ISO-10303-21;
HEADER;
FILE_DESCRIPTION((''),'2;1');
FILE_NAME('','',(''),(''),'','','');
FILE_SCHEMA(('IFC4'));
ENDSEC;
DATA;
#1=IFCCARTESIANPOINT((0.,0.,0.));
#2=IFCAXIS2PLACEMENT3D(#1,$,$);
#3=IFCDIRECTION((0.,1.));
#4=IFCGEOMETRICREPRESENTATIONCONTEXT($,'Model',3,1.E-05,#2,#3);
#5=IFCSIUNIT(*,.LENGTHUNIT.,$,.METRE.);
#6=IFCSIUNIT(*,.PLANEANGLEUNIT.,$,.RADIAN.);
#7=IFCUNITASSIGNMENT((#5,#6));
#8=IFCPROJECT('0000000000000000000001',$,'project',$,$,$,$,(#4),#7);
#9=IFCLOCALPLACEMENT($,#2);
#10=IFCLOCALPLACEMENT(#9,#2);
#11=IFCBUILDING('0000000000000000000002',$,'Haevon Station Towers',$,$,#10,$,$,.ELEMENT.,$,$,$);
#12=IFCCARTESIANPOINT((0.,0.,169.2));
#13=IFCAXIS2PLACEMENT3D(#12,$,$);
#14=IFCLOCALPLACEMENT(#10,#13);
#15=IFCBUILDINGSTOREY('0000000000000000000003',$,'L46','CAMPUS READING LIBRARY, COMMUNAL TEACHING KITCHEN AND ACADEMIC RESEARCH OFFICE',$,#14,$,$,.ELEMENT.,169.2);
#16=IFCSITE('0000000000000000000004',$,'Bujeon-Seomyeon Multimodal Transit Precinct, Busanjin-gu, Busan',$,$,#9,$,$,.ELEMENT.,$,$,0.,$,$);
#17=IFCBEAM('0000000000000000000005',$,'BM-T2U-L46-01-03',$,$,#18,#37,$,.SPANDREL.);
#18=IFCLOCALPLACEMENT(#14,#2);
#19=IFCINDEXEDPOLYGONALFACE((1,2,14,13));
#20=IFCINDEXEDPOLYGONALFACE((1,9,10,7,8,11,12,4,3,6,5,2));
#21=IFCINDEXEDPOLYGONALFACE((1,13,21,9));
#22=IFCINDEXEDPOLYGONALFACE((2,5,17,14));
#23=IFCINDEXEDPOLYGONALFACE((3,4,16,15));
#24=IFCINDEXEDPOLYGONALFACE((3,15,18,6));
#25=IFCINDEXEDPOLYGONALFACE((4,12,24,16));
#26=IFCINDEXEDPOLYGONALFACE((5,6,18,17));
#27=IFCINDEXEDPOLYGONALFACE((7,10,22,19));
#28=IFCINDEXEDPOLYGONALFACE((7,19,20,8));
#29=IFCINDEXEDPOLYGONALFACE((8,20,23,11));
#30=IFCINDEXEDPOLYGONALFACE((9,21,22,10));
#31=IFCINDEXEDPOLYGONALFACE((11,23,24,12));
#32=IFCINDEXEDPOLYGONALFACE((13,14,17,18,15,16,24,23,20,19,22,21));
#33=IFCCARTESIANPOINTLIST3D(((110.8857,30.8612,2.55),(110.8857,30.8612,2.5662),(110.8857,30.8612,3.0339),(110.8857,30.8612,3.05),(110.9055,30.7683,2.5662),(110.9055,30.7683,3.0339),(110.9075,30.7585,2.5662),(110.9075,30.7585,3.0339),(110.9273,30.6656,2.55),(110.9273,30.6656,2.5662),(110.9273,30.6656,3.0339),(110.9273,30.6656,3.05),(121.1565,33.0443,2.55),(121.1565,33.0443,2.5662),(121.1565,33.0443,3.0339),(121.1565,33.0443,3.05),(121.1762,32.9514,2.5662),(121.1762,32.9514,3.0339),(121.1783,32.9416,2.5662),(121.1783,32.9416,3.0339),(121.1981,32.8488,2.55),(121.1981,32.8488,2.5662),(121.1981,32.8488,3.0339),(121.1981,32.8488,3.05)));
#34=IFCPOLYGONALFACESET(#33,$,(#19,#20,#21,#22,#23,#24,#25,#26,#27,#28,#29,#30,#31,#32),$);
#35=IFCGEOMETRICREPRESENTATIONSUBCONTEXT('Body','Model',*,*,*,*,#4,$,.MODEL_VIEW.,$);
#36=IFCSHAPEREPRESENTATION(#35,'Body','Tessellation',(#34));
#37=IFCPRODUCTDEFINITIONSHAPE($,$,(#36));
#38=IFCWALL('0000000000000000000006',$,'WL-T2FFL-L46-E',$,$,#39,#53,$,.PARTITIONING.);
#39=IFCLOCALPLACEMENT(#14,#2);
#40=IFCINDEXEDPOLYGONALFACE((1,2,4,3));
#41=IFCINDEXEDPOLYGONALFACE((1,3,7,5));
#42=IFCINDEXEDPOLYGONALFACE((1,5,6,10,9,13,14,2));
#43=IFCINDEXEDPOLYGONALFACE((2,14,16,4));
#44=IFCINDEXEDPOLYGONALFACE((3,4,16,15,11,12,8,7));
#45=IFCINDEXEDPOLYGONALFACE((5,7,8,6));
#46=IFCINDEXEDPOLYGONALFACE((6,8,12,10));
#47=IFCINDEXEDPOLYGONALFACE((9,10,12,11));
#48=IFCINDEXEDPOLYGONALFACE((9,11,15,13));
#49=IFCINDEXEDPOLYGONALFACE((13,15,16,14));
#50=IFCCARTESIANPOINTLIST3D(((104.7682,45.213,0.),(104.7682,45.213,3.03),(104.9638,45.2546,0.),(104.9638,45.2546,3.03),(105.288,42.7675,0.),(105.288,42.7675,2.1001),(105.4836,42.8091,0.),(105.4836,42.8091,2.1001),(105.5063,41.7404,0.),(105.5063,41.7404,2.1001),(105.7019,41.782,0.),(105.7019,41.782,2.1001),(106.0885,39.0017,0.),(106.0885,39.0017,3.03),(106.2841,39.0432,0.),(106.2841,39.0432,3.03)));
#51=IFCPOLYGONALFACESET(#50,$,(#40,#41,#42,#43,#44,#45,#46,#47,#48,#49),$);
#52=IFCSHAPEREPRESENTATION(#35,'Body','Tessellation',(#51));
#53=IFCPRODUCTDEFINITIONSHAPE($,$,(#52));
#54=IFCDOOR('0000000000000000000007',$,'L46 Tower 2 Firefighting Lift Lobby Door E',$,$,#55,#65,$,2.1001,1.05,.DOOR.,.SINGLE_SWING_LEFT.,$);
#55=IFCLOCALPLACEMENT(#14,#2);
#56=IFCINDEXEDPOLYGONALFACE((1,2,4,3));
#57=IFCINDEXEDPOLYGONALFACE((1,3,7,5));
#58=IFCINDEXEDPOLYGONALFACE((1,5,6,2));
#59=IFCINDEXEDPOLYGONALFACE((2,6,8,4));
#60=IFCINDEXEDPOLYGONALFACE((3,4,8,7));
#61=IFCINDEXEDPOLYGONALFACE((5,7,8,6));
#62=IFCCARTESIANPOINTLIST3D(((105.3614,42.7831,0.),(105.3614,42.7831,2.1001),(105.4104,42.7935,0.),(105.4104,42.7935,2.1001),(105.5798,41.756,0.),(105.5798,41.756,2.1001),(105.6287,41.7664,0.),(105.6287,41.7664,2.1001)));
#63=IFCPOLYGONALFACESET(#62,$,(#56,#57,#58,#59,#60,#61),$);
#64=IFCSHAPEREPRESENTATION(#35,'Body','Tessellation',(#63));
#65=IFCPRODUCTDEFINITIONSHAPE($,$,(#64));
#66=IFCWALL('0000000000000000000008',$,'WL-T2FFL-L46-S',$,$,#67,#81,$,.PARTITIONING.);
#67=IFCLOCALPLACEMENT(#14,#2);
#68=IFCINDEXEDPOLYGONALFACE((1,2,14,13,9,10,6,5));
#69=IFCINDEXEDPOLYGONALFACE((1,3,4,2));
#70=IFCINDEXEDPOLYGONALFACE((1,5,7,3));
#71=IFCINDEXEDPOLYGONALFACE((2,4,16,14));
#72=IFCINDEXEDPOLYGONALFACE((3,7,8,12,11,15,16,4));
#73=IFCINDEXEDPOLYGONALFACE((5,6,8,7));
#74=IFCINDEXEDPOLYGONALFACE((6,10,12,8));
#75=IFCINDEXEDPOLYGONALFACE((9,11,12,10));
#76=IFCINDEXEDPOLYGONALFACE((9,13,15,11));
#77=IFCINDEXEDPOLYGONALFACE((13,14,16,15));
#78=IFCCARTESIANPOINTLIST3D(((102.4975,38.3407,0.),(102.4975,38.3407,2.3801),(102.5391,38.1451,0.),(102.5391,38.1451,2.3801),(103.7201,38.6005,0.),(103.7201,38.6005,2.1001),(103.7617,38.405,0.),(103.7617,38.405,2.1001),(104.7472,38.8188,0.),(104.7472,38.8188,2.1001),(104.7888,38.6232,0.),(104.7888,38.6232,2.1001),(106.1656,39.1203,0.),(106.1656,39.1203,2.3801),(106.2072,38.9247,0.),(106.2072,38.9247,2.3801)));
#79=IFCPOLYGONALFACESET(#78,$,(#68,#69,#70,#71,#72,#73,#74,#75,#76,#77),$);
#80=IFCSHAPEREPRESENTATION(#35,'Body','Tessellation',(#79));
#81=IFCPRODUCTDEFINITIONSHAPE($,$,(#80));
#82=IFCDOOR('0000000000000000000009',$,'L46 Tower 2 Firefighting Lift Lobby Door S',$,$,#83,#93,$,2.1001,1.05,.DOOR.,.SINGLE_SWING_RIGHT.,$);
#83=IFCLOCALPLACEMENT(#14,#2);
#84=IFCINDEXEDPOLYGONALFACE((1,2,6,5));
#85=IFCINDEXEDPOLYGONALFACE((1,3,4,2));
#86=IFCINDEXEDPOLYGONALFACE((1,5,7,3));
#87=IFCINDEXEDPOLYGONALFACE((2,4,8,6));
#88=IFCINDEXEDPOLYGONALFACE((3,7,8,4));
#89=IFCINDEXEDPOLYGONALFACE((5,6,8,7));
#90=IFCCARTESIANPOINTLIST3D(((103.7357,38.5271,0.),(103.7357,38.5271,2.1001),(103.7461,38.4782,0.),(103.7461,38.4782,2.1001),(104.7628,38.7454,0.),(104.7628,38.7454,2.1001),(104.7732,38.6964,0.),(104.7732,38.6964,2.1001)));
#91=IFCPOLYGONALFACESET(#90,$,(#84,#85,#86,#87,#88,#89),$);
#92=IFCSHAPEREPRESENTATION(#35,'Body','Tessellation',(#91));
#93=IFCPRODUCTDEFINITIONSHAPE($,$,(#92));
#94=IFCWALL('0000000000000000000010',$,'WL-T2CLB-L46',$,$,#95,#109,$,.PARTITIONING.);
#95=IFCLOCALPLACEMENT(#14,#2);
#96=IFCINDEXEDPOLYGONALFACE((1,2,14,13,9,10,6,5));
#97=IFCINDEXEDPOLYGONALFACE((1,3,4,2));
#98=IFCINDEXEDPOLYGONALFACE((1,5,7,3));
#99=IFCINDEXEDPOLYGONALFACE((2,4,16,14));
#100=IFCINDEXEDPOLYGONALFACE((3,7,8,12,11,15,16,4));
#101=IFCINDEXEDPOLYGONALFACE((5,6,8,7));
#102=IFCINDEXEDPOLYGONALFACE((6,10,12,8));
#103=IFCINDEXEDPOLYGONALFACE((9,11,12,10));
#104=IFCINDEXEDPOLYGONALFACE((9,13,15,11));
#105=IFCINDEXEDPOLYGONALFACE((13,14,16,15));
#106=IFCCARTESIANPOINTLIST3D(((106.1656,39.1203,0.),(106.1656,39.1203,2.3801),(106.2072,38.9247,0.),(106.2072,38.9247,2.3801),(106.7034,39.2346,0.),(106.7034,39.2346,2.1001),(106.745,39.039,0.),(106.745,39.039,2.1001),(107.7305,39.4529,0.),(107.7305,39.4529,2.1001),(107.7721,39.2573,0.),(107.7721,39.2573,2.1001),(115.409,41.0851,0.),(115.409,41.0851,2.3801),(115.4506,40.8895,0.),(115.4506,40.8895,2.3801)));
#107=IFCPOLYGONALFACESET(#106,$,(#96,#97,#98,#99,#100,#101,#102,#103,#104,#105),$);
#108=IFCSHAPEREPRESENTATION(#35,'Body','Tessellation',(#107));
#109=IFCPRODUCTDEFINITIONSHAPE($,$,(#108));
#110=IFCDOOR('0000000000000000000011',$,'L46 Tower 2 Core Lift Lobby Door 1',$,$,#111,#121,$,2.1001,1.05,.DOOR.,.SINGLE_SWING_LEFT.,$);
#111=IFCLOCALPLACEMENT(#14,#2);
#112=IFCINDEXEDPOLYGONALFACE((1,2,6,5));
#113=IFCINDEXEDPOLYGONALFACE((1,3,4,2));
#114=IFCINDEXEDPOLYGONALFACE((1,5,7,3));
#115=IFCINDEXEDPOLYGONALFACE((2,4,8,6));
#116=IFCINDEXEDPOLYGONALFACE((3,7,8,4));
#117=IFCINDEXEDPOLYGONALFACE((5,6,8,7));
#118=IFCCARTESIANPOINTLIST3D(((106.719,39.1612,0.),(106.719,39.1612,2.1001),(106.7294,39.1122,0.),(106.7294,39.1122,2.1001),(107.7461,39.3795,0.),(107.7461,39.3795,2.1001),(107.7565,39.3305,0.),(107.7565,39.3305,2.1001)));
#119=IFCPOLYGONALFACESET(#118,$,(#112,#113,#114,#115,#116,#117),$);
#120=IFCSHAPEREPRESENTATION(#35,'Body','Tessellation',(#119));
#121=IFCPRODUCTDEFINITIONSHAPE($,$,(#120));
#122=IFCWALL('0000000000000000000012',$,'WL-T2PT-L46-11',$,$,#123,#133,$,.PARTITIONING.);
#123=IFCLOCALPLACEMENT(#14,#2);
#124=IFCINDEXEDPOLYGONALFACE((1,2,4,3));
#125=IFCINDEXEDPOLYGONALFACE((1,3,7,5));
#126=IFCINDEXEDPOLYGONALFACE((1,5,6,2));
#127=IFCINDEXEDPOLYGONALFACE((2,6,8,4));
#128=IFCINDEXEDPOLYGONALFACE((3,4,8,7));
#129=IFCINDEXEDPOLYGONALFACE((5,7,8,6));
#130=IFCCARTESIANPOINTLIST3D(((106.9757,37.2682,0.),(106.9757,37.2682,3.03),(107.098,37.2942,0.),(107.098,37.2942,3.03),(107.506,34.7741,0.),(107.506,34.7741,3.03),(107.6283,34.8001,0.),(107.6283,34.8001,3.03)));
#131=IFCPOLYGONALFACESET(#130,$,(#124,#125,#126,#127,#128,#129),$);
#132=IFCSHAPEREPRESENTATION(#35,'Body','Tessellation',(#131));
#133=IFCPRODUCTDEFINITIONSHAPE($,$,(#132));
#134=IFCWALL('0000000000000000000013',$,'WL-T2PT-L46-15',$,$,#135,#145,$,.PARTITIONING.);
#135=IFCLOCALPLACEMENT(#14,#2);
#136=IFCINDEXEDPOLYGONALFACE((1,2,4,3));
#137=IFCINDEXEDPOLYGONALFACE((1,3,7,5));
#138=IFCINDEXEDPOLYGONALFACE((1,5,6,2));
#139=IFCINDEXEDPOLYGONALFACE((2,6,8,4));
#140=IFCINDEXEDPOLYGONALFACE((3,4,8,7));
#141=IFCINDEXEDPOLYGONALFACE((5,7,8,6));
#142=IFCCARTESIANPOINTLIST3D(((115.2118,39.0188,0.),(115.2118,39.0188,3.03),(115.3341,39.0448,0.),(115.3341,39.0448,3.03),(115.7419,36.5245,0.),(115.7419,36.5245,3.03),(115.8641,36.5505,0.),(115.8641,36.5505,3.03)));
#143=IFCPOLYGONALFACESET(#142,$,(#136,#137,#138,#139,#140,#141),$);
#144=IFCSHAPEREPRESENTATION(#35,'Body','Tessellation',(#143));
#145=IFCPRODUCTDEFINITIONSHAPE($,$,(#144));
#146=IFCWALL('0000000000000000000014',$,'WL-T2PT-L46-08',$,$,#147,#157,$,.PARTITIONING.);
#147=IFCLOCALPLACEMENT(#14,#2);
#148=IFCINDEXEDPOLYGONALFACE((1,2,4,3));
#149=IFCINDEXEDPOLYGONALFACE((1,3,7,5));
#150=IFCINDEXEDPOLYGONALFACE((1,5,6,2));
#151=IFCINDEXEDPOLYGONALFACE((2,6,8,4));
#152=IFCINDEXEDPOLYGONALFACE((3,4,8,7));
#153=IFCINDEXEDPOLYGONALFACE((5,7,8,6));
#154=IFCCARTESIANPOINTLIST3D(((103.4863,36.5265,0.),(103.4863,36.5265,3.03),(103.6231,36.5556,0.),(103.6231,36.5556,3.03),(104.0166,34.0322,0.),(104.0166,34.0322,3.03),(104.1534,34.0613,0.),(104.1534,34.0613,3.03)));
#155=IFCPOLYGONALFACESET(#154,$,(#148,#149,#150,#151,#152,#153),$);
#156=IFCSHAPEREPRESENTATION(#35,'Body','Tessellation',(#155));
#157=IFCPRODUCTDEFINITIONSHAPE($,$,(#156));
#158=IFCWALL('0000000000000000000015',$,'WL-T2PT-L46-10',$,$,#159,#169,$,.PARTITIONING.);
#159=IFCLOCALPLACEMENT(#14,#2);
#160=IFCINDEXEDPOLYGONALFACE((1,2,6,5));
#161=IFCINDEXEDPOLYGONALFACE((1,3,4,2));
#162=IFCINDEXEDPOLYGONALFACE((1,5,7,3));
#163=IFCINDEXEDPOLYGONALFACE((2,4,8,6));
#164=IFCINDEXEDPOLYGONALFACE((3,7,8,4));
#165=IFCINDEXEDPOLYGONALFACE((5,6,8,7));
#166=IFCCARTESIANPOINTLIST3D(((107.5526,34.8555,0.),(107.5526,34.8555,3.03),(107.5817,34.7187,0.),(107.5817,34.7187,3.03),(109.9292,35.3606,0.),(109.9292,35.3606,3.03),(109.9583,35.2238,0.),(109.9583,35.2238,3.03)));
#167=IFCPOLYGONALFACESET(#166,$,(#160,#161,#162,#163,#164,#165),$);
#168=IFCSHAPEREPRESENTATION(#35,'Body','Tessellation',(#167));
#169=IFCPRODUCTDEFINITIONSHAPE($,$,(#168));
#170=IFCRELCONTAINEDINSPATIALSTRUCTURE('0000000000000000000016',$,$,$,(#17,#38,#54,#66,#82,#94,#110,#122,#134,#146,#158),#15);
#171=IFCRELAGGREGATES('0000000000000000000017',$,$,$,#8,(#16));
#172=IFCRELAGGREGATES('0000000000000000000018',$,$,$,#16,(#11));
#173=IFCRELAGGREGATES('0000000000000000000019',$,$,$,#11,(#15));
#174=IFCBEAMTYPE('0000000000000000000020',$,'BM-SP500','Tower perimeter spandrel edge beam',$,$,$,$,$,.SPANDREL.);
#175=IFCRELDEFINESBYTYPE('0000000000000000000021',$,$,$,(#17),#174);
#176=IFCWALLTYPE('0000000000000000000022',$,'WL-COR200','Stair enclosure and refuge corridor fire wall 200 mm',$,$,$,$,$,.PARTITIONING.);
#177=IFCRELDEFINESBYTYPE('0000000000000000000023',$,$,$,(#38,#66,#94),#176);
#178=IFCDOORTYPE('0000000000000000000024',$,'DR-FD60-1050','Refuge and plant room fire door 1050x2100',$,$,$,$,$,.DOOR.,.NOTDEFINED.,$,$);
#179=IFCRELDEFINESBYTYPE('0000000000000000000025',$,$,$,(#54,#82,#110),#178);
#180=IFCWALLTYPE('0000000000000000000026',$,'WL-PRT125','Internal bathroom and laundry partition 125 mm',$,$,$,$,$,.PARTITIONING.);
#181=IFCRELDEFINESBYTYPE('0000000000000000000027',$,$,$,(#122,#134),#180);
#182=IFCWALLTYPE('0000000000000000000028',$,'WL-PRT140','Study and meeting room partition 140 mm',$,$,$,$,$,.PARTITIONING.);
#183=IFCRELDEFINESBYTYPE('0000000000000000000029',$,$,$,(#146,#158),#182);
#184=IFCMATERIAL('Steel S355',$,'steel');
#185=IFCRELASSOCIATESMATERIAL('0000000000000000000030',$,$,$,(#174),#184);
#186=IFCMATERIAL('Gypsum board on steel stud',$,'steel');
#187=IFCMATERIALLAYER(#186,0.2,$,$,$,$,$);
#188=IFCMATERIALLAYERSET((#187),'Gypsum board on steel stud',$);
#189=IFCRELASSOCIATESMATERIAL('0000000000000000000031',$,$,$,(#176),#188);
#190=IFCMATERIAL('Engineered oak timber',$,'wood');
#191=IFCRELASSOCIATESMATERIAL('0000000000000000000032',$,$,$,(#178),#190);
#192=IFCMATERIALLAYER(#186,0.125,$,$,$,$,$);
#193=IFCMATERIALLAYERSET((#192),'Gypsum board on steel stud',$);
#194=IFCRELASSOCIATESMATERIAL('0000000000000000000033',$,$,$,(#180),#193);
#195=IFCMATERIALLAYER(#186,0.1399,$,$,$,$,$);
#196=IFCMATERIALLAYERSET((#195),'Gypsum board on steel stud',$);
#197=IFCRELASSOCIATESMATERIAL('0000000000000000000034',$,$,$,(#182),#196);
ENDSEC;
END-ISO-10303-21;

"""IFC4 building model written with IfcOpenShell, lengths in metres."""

from ifc_helpers import new_model, si_unit, direction, frame, frame_2d, origin, origin_2d, place, context, subcontext, project, spatial, rectangle, i_section, extrude, material, layer, layer_set, material_profile, profile_set, type_object, element, fill, save


model = new_model("IFC4")

# Units and contexts
model_context = context("Model", 3, precision=1e-05, world=origin(), true_north=direction((0.0, 1.0)))
body_context = subcontext(model_context, "Body", "Model", "MODEL_VIEW")
ifc_project = project(units=[si_unit("LENGTHUNIT", "METRE"), si_unit("PLANEANGLEUNIT", "RADIAN")], contexts=[model_context])

# Site, building, storey
site_placement = place(None, origin())
site = spatial("IfcSite", under=ifc_project, at=site_placement, Name="Bujeon-Seomyeon Multimodal Transit Precinct, Busanjin-gu, Busan", CompositionType="ELEMENT", RefElevation=0.0)
building_placement = place(site_placement, origin())
building = spatial("IfcBuilding", under=site, at=building_placement, Name="Haevon Station Towers", CompositionType="ELEMENT")
storey_placement = place(building_placement, frame((0.0, 0.0, 169.2)))
storey = spatial("IfcBuildingStorey", under=building, at=storey_placement, Name="L46", Description="CAMPUS READING LIBRARY, COMMUNAL TEACHING KITCHEN AND ACADEMIC RESEARCH OFFICE", CompositionType="ELEMENT", Elevation=169.2)

# Shared definitions
ifc_material_1 = material(Name="Steel S355", Category="steel")

# Beam
ifc_material_profile_1 = material_profile(ifc_material_1, i_section(OverallWidth=0.2, OverallDepth=0.5, WebThickness=0.01, FlangeThickness=0.0161, at=origin_2d()), Name="H-500x200x10x16")
ifc_profile_set_1 = profile_set([ifc_material_profile_1], Name="Steel S355")
beam_type_1 = type_object("IfcBeamType", Name="BM-SP500", Description="Tower perimeter spandrel edge beam", PredefinedType="SPANDREL", material=ifc_profile_set_1)
beam_1_placement = place(storey_placement, frame((110.9065, 30.7634, 2.8), z_axis=(0.978148, 0.207911, 0.0), x_axis=(-0.207911, 0.978148, 0.0)))
element("IfcBeam", 1, at=beam_1_placement, inside=storey, type_object=beam_type_1, Name="BM-T2U-L46-01-03", PredefinedType="SPANDREL", context=body_context, shape_type="SweptSolid", body=[
    extrude(i_section(OverallWidth=0.2, OverallDepth=0.5, WebThickness=0.01, FlangeThickness=0.0161, at=origin_2d()), origin(), (0.0, 0.0, 1.0), 10.5002),
])

# Walls, openings, doors
ifc_material_2 = material(Name="Gypsum board on steel stud", Category="steel")
ifc_layer_1 = layer(ifc_material_2, 0.2)
ifc_layer_set_1 = layer_set([ifc_layer_1], Name="Gypsum board on steel stud")
wall_type_1 = type_object("IfcWallType", Name="WL-COR200", Description="Stair enclosure and refuge corridor fire wall 200 mm", PredefinedType="PARTITIONING", material=ifc_layer_set_1)
wall_1_placement = place(storey_placement, frame((106.1863, 39.0225, 0.0), z_axis=(0.0, 0.0, 1.0), x_axis=(-0.207917, 0.978147, 0.0)))
wall_1 = element("IfcWall", 2, at=wall_1_placement, inside=storey, type_object=wall_type_1, Name="WL-T2FFL-L46-E", PredefinedType="PARTITIONING", context=body_context, shape_type="SweptSolid", body=[
    extrude(rectangle(XDim=6.3501, YDim=0.2, at=frame_2d((3.175, 0.0))), origin(), (0.0, 0.0, 1.0), 3.03),
])
opening_1_placement = place(wall_1_placement, frame((2.8, 0.0, 0.0)))
opening_1 = element("IfcOpeningElement", 3, at=opening_1_placement, cuts=wall_1, PredefinedType="OPENING", context=body_context, shape_type="SweptSolid", body=[
    extrude(rectangle(XDim=1.05, YDim=2.1001, at=frame_2d((0.5249, 1.05))), frame((0.0, 0.1099, 0.0), z_axis=(0.0, -1.0, 0.0), x_axis=(1.0, 0.0, 0.0)), (0.0, 0.0, 1.0), 0.22),
])
ifc_material_3 = material(Name="Engineered oak timber", Category="wood")
door_type = type_object("IfcDoorType", Name="DR-FD60-1050", Description="Refuge and plant room fire door 1050x2100", OperationType="NOTDEFINED", PredefinedType="DOOR", material=ifc_material_3)
door_1_placement = place(opening_1_placement, origin())
door_1 = element("IfcDoor", 4, at=door_1_placement, inside=storey, type_object=door_type, Name="L46 Tower 2 Firefighting Lift Lobby Door E", OperationType="SINGLE_SWING_LEFT", OverallHeight=2.1001, OverallWidth=1.05, PredefinedType="DOOR", context=body_context, shape_type="SweptSolid", body=[
    extrude(rectangle(XDim=1.05, YDim=2.1001, at=frame_2d((0.5249, 1.05))), frame((0.0, 0.0249, 0.0), z_axis=(0.0, -1.0, 0.0), x_axis=(1.0, 0.0, 0.0)), (0.0, 0.0, 1.0), 0.05),
])
fill(opening_1, door_1)
wall_2_placement = place(storey_placement, frame((102.5183, 38.2429, 0.0), z_axis=(0.0, 0.0, 1.0), x_axis=(0.978154, 0.207884, 0.0)))
wall_2 = element("IfcWall", 5, at=wall_2_placement, inside=storey, type_object=wall_type_1, Name="WL-T2FFL-L46-S", PredefinedType="PARTITIONING", context=body_context, shape_type="SweptSolid", body=[
    extrude(rectangle(XDim=3.75, YDim=0.2, at=frame_2d((1.875, 0.0))), origin(), (0.0, 0.0, 1.0), 2.3801),
])
opening_2_placement = place(wall_2_placement, frame((1.25, 0.0, 0.0)))
opening_2 = element("IfcOpeningElement", 6, at=opening_2_placement, cuts=wall_2, PredefinedType="OPENING", context=body_context, shape_type="SweptSolid", body=[
    extrude(rectangle(XDim=1.05, YDim=2.1001, at=frame_2d((0.5249, 1.05))), frame((0.0, 0.1099, 0.0), z_axis=(0.0, -1.0, 0.0), x_axis=(1.0, 0.0, 0.0)), (0.0, 0.0, 1.0), 0.22),
])
door_2_placement = place(opening_2_placement, origin())
door_2 = element("IfcDoor", 7, at=door_2_placement, inside=storey, type_object=door_type, Name="L46 Tower 2 Firefighting Lift Lobby Door S", OperationType="SINGLE_SWING_RIGHT", OverallHeight=2.1001, OverallWidth=1.05, PredefinedType="DOOR", context=body_context, shape_type="SweptSolid", body=[
    extrude(rectangle(XDim=1.05, YDim=2.1001, at=frame_2d((0.5249, 1.05))), frame((0.0, 0.0249, 0.0), z_axis=(0.0, -1.0, 0.0), x_axis=(1.0, 0.0, 0.0)), (0.0, 0.0, 1.0), 0.05),
])
fill(opening_2, door_2)
wall_3_placement = place(storey_placement, frame((106.1863, 39.0225, 0.0), z_axis=(0.0, 0.0, 1.0), x_axis=(0.978146, 0.207921, 0.0)))
wall_3 = element("IfcWall", 8, at=wall_3_placement, inside=storey, type_object=wall_type_1, Name="WL-T2CLB-L46", PredefinedType="PARTITIONING", context=body_context, shape_type="SweptSolid", body=[
    extrude(rectangle(XDim=9.45, YDim=0.2, at=frame_2d((4.7251, 0.0))), origin(), (0.0, 0.0, 1.0), 2.3801),
])
opening_3_placement = place(wall_3_placement, frame((0.55, 0.0, 0.0)))
opening_3 = element("IfcOpeningElement", 9, at=opening_3_placement, cuts=wall_3, PredefinedType="OPENING", context=body_context, shape_type="SweptSolid", body=[
    extrude(rectangle(XDim=1.05, YDim=2.1001, at=frame_2d((0.5249, 1.05))), frame((0.0, 0.1099, 0.0), z_axis=(0.0, -1.0, 0.0), x_axis=(1.0, 0.0, 0.0)), (0.0, 0.0, 1.0), 0.22),
])
door_3_placement = place(opening_3_placement, origin())
door_3 = element("IfcDoor", 10, at=door_3_placement, inside=storey, type_object=door_type, Name="L46 Tower 2 Core Lift Lobby Door 1", OperationType="SINGLE_SWING_LEFT", OverallHeight=2.1001, OverallWidth=1.05, PredefinedType="DOOR", context=body_context, shape_type="SweptSolid", body=[
    extrude(rectangle(XDim=1.05, YDim=2.1001, at=frame_2d((0.5249, 1.05))), frame((0.0, 0.0249, 0.0), z_axis=(0.0, -1.0, 0.0), x_axis=(1.0, 0.0, 0.0)), (0.0, 0.0, 1.0), 0.05),
])
fill(opening_3, door_3)

# Walls
ifc_layer_2 = layer(ifc_material_2, 0.125)
ifc_layer_set_2 = layer_set([ifc_layer_2], Name="Gypsum board on steel stud")
wall_type_2 = type_object("IfcWallType", Name="WL-PRT125", Description="Internal bathroom and laundry partition 125 mm", PredefinedType="PARTITIONING", material=ifc_layer_set_2)
wall_4_placement = place(storey_placement, frame((107.5671, 34.7871, 0.0), z_axis=(0.0, 0.0, 1.0), x_axis=(-0.20796, 0.978137, 0.0)))
element("IfcWall", 11, at=wall_4_placement, inside=storey, type_object=wall_type_2, Name="WL-T2PT-L46-11", PredefinedType="PARTITIONING", context=body_context, shape_type="SweptSolid", body=[
    extrude(rectangle(XDim=2.5498, YDim=0.125, at=frame_2d((1.2749, 0.0))), origin(), (0.0, 0.0, 1.0), 3.03),
])
wall_5_placement = place(storey_placement, frame((115.803, 36.5376, 0.0), z_axis=(0.0, 0.0, 1.0), x_axis=(-0.207848, 0.978161, 0.0)))
element("IfcWall", 12, at=wall_5_placement, inside=storey, type_object=wall_type_2, Name="WL-T2PT-L46-15", PredefinedType="PARTITIONING", context=body_context, shape_type="SweptSolid", body=[
    extrude(rectangle(XDim=2.55, YDim=0.125, at=frame_2d((1.2749, 0.0))), origin(), (0.0, 0.0, 1.0), 3.03),
])
ifc_layer_3 = layer(ifc_material_2, 0.1399)
ifc_layer_set_3 = layer_set([ifc_layer_3], Name="Gypsum board on steel stud")
wall_type_3 = type_object("IfcWallType", Name="WL-PRT140", Description="Study and meeting room partition 140 mm", PredefinedType="PARTITIONING", material=ifc_layer_set_3)
wall_6_placement = place(storey_placement, frame((104.085, 34.0469, 0.0), z_axis=(0.0, 0.0, 1.0), x_axis=(-0.20794, 0.978142, 0.0)))
element("IfcWall", 13, at=wall_6_placement, inside=storey, type_object=wall_type_3, Name="WL-T2PT-L46-08", PredefinedType="PARTITIONING", context=body_context, shape_type="SweptSolid", body=[
    extrude(rectangle(XDim=2.55, YDim=0.1399, at=frame_2d((1.2749, 0.0))), origin(), (0.0, 0.0, 1.0), 3.03),
])
wall_7_placement = place(storey_placement, frame((107.5671, 34.7871, 0.0), z_axis=(0.0, 0.0, 1.0), x_axis=(0.978152, 0.207889, 0.0)))
element("IfcWall", 14, at=wall_7_placement, inside=storey, type_object=wall_type_3, Name="WL-T2PT-L46-10", PredefinedType="PARTITIONING", context=body_context, shape_type="SweptSolid", body=[
    extrude(rectangle(XDim=2.4297, YDim=0.1399, at=frame_2d((1.2148, 0.0))), origin(), (0.0, 0.0, 1.0), 3.03),
])

save(model, "model.ifc")
